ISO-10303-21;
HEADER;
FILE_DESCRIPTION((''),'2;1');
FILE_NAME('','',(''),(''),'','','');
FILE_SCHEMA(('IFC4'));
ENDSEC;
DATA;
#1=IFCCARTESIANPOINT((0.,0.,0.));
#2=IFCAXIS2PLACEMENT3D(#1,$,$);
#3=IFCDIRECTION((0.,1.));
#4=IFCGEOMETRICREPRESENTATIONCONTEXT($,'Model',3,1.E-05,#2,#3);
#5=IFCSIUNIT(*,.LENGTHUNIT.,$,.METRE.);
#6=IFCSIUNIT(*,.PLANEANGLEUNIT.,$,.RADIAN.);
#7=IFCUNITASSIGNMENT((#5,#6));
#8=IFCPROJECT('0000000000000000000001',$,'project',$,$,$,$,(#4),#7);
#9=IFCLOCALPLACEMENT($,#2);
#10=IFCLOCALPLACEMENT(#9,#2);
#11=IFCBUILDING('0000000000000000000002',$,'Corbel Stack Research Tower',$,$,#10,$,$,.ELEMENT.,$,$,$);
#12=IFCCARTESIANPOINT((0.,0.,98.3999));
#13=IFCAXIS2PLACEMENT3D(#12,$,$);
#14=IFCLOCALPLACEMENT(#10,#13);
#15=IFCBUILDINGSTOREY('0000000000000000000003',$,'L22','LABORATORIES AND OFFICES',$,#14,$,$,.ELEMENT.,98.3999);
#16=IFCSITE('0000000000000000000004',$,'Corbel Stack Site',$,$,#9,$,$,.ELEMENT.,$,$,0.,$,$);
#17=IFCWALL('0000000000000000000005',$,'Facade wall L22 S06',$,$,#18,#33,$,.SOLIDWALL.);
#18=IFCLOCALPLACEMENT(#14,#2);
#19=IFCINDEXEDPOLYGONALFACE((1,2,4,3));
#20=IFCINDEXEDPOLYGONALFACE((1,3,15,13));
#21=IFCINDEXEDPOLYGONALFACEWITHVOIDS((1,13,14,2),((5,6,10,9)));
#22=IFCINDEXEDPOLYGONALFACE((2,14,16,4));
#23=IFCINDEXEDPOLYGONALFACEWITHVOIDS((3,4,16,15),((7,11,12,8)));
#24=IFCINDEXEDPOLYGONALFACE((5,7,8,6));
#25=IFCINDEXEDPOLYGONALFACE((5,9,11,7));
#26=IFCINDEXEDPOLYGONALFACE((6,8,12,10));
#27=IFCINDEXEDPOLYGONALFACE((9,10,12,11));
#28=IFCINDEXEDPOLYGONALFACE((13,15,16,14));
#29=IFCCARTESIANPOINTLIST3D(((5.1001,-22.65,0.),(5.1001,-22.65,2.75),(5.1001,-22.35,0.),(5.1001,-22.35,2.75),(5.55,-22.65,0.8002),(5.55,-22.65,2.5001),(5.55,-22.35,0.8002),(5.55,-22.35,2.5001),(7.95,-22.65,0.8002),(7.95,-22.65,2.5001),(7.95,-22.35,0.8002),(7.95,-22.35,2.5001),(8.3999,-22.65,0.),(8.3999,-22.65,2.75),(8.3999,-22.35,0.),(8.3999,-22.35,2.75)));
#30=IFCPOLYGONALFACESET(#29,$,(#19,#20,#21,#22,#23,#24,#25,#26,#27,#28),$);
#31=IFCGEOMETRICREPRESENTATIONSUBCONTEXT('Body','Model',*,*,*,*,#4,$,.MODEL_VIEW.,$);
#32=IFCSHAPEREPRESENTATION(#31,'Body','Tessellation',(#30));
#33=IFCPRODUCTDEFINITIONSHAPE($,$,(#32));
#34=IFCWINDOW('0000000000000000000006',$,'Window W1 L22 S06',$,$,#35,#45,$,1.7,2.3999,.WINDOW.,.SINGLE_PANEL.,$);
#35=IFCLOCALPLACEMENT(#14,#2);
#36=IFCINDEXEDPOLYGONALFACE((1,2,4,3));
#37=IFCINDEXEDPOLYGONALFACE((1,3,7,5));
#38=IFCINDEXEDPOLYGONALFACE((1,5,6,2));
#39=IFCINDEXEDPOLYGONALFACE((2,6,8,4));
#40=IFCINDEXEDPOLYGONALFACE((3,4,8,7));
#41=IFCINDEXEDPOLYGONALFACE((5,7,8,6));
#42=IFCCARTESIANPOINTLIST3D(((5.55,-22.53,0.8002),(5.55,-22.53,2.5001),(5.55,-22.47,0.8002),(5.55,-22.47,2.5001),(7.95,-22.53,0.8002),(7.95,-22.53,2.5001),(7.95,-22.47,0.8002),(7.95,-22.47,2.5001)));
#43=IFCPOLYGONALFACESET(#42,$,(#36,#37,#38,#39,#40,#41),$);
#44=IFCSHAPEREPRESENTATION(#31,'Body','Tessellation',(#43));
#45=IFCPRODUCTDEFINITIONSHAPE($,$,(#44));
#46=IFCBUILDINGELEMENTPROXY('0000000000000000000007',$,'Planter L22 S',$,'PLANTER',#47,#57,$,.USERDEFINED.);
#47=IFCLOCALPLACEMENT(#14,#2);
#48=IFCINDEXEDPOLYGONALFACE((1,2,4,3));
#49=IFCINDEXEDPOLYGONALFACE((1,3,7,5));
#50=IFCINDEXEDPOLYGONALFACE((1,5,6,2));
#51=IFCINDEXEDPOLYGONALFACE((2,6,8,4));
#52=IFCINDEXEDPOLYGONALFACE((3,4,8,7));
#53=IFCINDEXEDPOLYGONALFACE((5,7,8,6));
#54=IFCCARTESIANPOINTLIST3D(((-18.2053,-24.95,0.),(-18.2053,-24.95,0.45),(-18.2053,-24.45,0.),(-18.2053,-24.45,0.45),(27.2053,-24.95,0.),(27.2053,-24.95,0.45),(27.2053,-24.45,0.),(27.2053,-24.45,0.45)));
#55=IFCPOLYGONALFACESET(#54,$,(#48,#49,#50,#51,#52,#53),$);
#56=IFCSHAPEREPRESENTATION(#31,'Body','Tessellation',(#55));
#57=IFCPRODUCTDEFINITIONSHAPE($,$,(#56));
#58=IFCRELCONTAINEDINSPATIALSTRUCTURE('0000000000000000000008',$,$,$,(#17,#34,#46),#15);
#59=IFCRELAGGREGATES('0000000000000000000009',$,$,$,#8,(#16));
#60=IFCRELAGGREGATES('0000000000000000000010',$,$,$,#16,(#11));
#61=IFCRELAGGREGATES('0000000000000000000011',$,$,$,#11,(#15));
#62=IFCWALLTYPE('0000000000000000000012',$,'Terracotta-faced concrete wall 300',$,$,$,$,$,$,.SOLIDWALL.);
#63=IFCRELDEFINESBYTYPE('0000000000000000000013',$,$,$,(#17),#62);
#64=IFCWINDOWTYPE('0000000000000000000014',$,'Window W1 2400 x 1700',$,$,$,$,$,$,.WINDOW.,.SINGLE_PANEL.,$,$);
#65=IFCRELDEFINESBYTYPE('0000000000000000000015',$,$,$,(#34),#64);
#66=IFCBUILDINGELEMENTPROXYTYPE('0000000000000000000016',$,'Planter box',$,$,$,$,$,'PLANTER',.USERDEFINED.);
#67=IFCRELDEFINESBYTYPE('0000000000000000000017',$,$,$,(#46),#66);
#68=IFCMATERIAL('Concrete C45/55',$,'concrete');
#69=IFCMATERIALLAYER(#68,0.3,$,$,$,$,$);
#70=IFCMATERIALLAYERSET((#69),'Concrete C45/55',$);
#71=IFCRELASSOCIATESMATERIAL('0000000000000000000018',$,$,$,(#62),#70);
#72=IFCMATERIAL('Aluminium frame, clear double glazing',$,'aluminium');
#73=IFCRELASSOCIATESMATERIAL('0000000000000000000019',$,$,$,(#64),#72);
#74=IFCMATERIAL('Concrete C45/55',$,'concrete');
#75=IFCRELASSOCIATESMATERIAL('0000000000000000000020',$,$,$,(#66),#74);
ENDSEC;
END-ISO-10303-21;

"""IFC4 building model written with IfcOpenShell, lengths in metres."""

from ifc_helpers import new_model, si_unit, direction, frame, frame_2d, origin, origin_2d, place, context, subcontext, project, spatial, rectangle, extrude, material, layer, layer_set, type_object, element, fill, save


model = new_model("IFC4")

# Units and contexts
model_context = context("Model", 3, precision=1e-05, world=origin(), true_north=direction((0.0, 1.0)))
body_context = subcontext(model_context, "Body", "Model", "MODEL_VIEW")
ifc_project = project(units=[si_unit("LENGTHUNIT", "METRE"), si_unit("PLANEANGLEUNIT", "RADIAN")], contexts=[model_context])

# Site, building, storey
site_placement = place(None, origin())
site = spatial("IfcSite", under=ifc_project, at=site_placement, Name="Corbel Stack Site", CompositionType="ELEMENT", RefElevation=0.0)
building_placement = place(site_placement, origin())
building = spatial("IfcBuilding", under=site, at=building_placement, Name="Corbel Stack Research Tower", CompositionType="ELEMENT")
storey_placement = place(building_placement, frame((0.0, 0.0, 98.3999)))
storey = spatial("IfcBuildingStorey", under=building, at=storey_placement, Name="L22", Description="LABORATORIES AND OFFICES", CompositionType="ELEMENT", Elevation=98.3999)

# Wall, opening, window
ifc_material_1 = material(Name="Concrete C45/55", Category="concrete")
ifc_layer_1 = layer(ifc_material_1, 0.3)
ifc_layer_set_1 = layer_set([ifc_layer_1], Name="Concrete C45/55")
wall_type_1 = type_object("IfcWallType", Name="Terracotta-faced concrete wall 300", PredefinedType="SOLIDWALL", material=ifc_layer_set_1)
ifc_material_2 = material(Name="Aluminium frame, clear double glazing", Category="aluminium")
window_type = type_object("IfcWindowType", Name="Window W1 2400 x 1700", PartitioningType="SINGLE_PANEL", PredefinedType="WINDOW", material=ifc_material_2)
wall_1_placement = place(storey_placement, frame((8.3999, -22.5, 0.0), z_axis=(0.0, 0.0, 1.0), x_axis=(-1.0, 0.0, 0.0)))
wall_1 = element("IfcWall", 1, at=wall_1_placement, inside=storey, type_object=wall_type_1, Name="Facade wall L22 S06", PredefinedType="SOLIDWALL", context=body_context, shape_type="SweptSolid", body=[
    extrude(rectangle(XDim=3.2998, YDim=0.3, at=frame_2d((1.6499, 0.0))), origin(), (0.0, 0.0, 1.0), 2.75),
])
opening_1_placement = place(wall_1_placement, frame((0.45, 0.0, 0.8)))
opening_1 = element("IfcOpeningElement", 2, at=opening_1_placement, cuts=wall_1, PredefinedType="OPENING", context=body_context, shape_type="SweptSolid", body=[
    extrude(rectangle(XDim=2.3999, YDim=1.7, at=frame_2d((1.2, 0.8501))), frame((0.0, 0.1599, 0.0), z_axis=(0.0, -1.0, 0.0), x_axis=(1.0, 0.0, 0.0)), (0.0, 0.0, 1.0), 0.3201),
])
window_1_placement = place(opening_1_placement, origin())
window_1 = element("IfcWindow", 3, at=window_1_placement, inside=storey, type_object=window_type, Name="Window W1 L22 S06", OverallHeight=1.7, OverallWidth=2.3999, PartitioningType="SINGLE_PANEL", PredefinedType="WINDOW", context=body_context, shape_type="SweptSolid", body=[
    extrude(rectangle(XDim=2.3999, YDim=1.7, at=frame_2d((1.2, 0.8501))), frame((0.0, 0.03, 0.0), z_axis=(0.0, -1.0, 0.0), x_axis=(1.0, 0.0, 0.0)), (0.0, 0.0, 1.0), 0.0601),
])
fill(opening_1, window_1)

# Building element proxy
ifc_material_3 = material(Name="Concrete C45/55", Category="concrete")
building_element_proxy_type = type_object("IfcBuildingElementProxyType", Name="Planter box", ElementType="PLANTER", PredefinedType="USERDEFINED", material=ifc_material_3)
proxy_placement = place(storey_placement, frame((4.5, -24.7, 0.0), z_axis=(0.0, 0.0, 1.0), x_axis=(1.0, 0.0, 0.0)))
element("IfcBuildingElementProxy", 4, at=proxy_placement, inside=storey, type_object=building_element_proxy_type, Name="Planter L22 S", ObjectType="PLANTER", PredefinedType="USERDEFINED", context=body_context, shape_type="SweptSolid", body=[
    extrude(rectangle(XDim=45.4106, YDim=0.5, at=origin_2d()), origin(), (0.0, 0.0, 1.0), 0.45),
])

save(model, "model.ifc")
